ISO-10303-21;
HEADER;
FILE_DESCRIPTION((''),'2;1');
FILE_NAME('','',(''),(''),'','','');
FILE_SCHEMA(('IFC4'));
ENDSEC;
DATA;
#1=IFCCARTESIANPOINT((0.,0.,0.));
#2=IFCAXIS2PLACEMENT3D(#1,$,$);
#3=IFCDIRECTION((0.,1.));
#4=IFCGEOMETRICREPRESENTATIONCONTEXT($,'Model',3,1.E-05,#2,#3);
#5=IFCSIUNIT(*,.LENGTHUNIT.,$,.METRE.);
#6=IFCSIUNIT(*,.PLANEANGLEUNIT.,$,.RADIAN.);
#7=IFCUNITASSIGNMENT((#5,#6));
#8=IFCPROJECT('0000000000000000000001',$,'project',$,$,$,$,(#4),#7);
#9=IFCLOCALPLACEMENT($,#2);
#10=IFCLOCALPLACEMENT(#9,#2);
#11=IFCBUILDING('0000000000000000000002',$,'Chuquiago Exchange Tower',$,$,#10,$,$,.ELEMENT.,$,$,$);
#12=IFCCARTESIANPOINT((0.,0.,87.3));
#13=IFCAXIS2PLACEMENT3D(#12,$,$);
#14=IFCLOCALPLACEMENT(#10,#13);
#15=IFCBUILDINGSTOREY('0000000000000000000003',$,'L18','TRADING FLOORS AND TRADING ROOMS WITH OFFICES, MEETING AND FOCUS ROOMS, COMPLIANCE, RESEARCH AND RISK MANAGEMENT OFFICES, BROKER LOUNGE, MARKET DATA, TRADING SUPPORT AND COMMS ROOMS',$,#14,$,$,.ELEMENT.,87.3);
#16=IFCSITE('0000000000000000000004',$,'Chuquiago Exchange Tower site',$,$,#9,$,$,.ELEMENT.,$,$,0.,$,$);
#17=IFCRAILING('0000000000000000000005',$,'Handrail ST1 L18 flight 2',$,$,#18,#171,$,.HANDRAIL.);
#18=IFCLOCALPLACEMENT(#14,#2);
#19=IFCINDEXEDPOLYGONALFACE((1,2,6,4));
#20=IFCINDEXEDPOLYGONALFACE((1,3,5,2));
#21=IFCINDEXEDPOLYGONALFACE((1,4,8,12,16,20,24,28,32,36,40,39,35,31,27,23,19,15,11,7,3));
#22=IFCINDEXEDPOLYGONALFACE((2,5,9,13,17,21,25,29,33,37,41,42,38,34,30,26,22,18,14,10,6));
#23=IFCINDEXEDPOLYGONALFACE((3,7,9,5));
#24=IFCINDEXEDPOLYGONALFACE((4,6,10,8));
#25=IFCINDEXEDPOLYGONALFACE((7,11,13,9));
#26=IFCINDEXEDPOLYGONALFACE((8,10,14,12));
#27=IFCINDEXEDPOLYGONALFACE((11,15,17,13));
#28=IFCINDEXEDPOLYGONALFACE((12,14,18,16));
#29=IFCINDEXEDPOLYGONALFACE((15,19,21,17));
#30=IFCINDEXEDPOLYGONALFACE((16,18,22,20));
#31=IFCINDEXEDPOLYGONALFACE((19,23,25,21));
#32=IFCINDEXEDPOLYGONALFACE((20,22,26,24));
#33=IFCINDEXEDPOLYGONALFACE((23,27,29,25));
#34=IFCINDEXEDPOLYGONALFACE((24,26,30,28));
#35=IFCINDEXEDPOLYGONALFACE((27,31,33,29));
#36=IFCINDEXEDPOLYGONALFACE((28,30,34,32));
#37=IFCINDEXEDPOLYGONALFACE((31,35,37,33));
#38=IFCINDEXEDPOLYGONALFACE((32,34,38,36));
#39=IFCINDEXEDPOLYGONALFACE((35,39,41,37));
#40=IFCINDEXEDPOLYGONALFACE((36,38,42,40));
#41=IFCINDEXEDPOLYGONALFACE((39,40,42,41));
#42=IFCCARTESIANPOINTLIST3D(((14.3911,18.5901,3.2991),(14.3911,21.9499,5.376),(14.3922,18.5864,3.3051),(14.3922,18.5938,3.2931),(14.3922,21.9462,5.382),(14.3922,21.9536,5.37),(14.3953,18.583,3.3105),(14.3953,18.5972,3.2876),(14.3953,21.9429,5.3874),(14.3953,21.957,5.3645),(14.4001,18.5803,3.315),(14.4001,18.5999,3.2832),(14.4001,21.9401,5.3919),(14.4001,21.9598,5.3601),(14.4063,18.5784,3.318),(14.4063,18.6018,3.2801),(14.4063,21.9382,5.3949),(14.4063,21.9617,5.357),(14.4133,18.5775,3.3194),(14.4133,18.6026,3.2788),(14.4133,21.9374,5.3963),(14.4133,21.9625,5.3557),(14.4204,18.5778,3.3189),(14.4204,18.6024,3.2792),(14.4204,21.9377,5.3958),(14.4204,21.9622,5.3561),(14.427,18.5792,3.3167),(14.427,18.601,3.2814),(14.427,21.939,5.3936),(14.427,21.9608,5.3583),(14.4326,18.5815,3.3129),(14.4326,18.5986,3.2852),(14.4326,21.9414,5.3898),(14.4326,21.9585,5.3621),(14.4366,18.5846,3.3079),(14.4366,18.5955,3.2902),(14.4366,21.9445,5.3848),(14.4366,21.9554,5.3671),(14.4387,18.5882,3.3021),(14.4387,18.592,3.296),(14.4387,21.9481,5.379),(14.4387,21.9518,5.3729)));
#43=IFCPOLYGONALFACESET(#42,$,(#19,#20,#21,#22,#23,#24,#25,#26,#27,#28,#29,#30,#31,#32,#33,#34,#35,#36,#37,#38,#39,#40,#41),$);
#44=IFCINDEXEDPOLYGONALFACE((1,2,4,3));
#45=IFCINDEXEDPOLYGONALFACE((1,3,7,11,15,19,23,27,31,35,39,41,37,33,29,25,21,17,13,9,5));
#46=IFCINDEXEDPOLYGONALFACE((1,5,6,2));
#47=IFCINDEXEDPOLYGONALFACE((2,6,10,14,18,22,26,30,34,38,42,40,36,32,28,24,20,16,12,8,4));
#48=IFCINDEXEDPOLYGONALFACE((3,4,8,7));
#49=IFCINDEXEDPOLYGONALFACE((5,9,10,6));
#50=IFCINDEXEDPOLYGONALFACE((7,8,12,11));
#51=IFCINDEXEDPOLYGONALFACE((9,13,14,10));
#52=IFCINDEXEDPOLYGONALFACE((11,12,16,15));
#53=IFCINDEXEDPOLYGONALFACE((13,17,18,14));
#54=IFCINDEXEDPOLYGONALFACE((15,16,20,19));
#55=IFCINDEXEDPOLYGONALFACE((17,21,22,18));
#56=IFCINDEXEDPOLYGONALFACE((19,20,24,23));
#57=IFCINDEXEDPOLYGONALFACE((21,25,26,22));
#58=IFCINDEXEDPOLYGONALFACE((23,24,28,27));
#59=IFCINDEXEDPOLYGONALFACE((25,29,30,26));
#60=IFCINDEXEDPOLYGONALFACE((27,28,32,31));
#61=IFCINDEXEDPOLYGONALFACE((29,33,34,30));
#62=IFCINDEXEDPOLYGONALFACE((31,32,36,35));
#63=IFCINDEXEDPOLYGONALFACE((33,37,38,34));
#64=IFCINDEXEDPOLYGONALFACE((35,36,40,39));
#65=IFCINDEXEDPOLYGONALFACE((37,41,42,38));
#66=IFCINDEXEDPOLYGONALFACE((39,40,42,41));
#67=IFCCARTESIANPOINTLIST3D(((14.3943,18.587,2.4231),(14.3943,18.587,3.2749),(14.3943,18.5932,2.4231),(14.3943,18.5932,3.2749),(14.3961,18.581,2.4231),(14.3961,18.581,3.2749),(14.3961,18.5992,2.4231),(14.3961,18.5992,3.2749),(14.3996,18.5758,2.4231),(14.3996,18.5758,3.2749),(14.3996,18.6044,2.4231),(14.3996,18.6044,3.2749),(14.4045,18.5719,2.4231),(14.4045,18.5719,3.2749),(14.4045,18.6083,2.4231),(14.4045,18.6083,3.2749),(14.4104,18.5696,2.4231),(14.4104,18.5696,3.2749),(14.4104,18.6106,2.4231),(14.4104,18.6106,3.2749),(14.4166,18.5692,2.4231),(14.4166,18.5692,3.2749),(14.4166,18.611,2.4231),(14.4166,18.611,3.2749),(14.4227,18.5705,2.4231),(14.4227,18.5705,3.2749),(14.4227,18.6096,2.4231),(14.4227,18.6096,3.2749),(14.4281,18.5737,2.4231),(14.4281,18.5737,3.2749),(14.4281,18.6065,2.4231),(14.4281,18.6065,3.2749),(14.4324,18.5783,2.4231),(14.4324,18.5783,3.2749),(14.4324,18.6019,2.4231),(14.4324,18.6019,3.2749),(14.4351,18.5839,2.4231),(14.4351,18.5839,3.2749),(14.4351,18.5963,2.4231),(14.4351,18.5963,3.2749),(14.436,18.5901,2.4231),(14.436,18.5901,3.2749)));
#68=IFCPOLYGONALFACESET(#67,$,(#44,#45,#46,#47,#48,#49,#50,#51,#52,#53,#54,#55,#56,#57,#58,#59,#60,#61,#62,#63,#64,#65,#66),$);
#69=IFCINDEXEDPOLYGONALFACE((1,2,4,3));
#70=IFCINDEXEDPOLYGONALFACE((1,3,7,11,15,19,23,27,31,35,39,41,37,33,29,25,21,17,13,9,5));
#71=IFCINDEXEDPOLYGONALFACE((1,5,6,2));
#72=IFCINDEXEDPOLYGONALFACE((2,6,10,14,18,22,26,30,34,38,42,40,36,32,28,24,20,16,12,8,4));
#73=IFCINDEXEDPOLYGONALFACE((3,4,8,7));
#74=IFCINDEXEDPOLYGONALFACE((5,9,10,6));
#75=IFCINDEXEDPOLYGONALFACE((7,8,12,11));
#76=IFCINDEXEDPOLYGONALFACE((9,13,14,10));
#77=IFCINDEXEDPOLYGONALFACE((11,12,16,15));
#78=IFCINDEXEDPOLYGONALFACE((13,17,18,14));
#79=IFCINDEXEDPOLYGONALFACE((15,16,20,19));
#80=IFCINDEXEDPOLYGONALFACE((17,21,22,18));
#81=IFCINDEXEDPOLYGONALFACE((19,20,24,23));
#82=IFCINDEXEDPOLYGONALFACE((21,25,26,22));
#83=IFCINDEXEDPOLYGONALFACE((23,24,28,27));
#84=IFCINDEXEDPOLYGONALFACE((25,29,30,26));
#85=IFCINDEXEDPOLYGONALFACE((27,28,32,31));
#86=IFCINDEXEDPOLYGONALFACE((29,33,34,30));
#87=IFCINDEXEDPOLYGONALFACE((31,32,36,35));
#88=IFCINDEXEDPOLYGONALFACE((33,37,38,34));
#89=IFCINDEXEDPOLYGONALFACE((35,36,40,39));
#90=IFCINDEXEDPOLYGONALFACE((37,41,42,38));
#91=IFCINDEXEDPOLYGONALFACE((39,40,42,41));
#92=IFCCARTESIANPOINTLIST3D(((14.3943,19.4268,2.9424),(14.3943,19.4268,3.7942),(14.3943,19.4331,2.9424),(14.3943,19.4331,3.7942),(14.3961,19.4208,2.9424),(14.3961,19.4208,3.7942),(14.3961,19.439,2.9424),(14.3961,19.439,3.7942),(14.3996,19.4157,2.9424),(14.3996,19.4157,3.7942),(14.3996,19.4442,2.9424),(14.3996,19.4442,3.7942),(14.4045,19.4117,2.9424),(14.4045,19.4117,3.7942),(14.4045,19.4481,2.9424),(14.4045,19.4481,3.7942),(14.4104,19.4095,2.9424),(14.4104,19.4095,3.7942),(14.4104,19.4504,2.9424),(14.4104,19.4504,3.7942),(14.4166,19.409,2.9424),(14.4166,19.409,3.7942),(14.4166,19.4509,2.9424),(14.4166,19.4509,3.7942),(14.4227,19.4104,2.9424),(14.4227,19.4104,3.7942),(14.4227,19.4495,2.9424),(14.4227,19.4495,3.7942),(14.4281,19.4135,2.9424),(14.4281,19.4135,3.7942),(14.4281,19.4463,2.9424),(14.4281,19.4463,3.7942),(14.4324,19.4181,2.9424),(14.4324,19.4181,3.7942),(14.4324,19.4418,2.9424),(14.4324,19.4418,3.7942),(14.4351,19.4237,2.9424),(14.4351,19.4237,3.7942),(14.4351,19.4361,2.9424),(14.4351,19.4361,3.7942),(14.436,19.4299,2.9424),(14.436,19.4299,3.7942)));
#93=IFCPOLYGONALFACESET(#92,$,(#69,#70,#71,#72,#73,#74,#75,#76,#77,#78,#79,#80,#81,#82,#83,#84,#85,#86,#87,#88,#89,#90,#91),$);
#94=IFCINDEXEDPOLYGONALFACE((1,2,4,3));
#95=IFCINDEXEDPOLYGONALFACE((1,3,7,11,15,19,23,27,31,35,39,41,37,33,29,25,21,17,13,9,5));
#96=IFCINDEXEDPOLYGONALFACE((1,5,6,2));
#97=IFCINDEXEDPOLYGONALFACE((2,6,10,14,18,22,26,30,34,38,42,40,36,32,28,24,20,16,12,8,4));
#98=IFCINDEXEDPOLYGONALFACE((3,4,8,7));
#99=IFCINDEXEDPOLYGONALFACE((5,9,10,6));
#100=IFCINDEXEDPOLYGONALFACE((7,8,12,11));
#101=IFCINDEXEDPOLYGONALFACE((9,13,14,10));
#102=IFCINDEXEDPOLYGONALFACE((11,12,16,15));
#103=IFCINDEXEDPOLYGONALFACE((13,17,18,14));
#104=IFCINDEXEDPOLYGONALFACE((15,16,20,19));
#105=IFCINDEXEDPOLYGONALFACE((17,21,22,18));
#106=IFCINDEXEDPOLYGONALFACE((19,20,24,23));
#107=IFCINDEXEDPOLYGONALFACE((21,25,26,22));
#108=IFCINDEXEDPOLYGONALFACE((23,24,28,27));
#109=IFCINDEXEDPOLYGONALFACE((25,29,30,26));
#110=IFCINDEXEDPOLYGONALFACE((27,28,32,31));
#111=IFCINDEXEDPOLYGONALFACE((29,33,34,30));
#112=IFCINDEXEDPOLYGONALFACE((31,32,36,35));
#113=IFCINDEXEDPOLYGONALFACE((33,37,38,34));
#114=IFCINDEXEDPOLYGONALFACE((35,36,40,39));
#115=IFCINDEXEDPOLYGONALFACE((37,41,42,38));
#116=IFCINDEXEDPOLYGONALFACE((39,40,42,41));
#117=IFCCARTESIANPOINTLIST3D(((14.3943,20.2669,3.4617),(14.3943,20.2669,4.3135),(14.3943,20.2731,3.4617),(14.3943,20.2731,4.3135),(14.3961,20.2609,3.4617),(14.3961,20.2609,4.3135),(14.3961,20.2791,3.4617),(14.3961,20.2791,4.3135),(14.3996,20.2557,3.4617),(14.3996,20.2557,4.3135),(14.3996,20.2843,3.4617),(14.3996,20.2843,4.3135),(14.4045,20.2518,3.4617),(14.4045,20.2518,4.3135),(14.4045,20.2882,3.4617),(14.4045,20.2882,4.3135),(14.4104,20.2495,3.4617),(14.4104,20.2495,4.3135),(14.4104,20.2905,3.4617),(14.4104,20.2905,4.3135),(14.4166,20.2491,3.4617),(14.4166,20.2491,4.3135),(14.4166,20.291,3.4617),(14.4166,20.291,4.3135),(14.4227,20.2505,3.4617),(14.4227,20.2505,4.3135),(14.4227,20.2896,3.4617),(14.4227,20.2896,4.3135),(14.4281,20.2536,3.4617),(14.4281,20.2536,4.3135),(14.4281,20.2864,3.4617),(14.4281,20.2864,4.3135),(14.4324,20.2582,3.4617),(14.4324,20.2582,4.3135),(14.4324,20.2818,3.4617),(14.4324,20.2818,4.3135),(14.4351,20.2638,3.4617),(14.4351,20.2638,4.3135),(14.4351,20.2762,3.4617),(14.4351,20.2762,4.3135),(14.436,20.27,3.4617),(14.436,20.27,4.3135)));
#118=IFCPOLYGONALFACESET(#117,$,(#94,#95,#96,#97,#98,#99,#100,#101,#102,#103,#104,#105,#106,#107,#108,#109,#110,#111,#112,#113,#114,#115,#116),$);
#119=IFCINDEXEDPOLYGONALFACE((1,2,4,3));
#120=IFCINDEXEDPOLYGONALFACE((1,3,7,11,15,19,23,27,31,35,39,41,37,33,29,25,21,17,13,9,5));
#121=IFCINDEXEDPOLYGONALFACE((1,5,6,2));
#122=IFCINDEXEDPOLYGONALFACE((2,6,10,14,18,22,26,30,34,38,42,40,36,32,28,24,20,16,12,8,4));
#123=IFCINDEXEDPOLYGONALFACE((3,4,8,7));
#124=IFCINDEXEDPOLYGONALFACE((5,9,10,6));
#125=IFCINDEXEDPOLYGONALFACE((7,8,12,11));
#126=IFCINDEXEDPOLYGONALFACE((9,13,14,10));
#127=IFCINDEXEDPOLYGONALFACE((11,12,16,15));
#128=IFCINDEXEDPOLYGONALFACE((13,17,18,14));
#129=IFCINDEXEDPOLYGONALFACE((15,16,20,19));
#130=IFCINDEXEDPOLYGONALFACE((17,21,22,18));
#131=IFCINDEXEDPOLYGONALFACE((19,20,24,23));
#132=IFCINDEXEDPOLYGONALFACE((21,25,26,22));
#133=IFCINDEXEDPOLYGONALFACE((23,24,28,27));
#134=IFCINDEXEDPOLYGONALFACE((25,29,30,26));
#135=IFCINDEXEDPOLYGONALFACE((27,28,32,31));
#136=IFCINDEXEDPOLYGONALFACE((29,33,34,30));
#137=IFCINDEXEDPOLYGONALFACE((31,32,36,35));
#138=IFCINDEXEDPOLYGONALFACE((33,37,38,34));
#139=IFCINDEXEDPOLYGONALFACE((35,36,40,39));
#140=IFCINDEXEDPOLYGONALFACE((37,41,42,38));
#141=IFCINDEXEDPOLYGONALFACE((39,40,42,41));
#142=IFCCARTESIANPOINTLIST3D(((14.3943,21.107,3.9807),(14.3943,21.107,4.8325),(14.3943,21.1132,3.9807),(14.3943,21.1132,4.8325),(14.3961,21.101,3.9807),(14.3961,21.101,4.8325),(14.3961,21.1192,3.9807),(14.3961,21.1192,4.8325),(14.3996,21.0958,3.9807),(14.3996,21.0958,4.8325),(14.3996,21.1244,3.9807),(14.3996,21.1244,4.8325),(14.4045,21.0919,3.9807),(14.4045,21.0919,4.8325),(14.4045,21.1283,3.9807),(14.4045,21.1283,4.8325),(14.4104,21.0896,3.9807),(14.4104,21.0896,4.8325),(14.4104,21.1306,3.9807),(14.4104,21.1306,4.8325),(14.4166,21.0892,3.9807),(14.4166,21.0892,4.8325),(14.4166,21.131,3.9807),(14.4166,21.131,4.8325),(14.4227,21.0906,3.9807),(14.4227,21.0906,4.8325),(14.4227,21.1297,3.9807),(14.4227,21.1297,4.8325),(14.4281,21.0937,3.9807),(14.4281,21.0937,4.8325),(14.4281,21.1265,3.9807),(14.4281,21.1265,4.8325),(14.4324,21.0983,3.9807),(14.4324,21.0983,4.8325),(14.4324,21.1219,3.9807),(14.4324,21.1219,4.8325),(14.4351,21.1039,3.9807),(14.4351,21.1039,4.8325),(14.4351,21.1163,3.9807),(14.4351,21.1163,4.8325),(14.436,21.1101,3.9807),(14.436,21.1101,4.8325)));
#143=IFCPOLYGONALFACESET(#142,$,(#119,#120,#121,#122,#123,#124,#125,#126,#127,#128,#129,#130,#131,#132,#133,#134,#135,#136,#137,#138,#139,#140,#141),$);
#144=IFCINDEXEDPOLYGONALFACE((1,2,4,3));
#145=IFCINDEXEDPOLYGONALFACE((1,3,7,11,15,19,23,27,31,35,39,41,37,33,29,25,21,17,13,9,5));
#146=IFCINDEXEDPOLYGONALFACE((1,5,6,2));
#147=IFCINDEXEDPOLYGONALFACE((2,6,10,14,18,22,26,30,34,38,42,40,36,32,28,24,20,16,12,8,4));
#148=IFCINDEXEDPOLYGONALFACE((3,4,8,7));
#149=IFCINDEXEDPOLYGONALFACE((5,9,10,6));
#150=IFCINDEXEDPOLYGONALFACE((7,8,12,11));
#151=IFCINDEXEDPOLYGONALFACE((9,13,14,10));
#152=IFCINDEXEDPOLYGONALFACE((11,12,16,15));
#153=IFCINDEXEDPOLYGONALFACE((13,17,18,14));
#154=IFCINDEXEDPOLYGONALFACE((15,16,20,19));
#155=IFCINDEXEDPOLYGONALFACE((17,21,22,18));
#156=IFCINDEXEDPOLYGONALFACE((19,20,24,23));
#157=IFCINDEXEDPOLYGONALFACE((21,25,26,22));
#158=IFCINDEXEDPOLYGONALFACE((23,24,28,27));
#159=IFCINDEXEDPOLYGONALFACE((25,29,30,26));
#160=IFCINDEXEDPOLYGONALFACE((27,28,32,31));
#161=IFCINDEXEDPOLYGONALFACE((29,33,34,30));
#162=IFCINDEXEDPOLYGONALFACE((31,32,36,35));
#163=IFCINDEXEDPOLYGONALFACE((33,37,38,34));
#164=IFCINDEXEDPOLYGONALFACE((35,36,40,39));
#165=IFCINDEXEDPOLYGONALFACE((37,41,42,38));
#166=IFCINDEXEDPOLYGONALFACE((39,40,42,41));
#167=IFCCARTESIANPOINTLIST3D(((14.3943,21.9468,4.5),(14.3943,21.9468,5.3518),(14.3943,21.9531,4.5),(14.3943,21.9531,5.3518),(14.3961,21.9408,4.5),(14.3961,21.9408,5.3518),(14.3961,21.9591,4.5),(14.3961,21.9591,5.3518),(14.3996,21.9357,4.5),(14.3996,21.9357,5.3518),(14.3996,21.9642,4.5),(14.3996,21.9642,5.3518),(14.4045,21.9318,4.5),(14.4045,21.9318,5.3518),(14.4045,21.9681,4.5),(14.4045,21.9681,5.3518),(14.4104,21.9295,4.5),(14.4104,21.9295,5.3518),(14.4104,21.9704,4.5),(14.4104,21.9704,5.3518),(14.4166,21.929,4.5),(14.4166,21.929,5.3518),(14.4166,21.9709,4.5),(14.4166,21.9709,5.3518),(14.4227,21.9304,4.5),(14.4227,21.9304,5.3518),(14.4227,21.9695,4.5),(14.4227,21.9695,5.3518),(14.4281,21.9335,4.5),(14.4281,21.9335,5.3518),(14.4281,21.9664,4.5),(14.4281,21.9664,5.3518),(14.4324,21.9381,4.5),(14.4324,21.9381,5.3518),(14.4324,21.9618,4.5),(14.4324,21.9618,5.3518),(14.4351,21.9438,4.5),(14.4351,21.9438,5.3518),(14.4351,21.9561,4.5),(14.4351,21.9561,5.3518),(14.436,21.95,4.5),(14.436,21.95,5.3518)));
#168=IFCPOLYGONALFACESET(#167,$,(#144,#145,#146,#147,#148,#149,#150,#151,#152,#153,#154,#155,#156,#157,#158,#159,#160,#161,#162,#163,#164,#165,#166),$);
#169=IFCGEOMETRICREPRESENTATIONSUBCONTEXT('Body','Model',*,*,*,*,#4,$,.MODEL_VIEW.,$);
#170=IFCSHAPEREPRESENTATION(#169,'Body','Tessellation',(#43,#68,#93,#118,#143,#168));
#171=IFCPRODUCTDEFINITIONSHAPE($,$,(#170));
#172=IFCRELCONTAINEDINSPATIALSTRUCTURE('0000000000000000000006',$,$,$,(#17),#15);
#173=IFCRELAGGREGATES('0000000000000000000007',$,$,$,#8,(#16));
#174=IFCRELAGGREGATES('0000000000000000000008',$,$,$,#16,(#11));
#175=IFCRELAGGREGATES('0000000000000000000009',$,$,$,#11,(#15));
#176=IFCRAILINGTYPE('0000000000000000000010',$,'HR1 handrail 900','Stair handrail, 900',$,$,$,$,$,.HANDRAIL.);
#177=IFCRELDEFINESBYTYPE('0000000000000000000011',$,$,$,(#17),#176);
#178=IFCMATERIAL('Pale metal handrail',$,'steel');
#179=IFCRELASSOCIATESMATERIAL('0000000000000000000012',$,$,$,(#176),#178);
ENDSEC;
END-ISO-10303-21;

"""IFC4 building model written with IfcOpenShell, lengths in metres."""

from ifc_helpers import new_model, si_unit, direction, frame, origin, origin_2d, place, context, subcontext, project, spatial, circle, extrude, material, type_object, element, save


model = new_model("IFC4")

# Units and contexts
model_context = context("Model", 3, precision=1e-05, world=origin(), true_north=direction((0.0, 1.0)))
body_context = subcontext(model_context, "Body", "Model", "MODEL_VIEW")
ifc_project = project(units=[si_unit("LENGTHUNIT", "METRE"), si_unit("PLANEANGLEUNIT", "RADIAN")], contexts=[model_context])

# Site, building, storey
site_placement = place(None, origin())
site = spatial("IfcSite", under=ifc_project, at=site_placement, Name="Chuquiago Exchange Tower site", CompositionType="ELEMENT", RefElevation=0.0)
building_placement = place(site_placement, origin())
building = spatial("IfcBuilding", under=site, at=building_placement, Name="Chuquiago Exchange Tower", CompositionType="ELEMENT")
storey_placement = place(building_placement, frame((0.0, 0.0, 87.3)))
storey = spatial("IfcBuildingStorey", under=building, at=storey_placement, Name="L18", Description="TRADING FLOORS AND TRADING ROOMS WITH OFFICES, MEETING AND FOCUS ROOMS, COMPLIANCE, RESEARCH AND RISK MANAGEMENT OFFICES, BROKER LOUNGE, MARKET DATA, TRADING SUPPORT AND COMMS ROOMS", CompositionType="ELEMENT", Elevation=87.3)

# Railing
ifc_material_1 = material(Name="Pale metal handrail", Category="steel")
railing_type_1 = type_object("IfcRailingType", Name="HR1 handrail 900", Description="Stair handrail, 900", PredefinedType="HANDRAIL", material=ifc_material_1)
for number, where, name in (
    (1, (14.415, 18.5901, 2.4231), "Handrail ST1 L18 flight 2"),
):
    element("IfcRailing", number, at=place(storey_placement, frame(where)), inside=storey, type_object=railing_type_1, Name=name, PredefinedType="HANDRAIL", context=body_context, shape_type="SweptSolid", body=[
        extrude(circle(Radius=0.0239, at=origin_2d()), frame((0.0, 0.0, 0.876), z_axis=(0.0, 0.850606, 0.525803), x_axis=(-1.0, 0.0, 0.0)), (0.0, 0.0, 1.0), 3.95),
        extrude(circle(Radius=0.021, at=origin_2d()), origin(), (0.0, 0.0, 1.0), 0.8518),
        extrude(circle(Radius=0.021, at=origin_2d()), frame((0.0, 0.8398, 0.5193)), (0.0, 0.0, 1.0), 0.8518),
        extrude(circle(Radius=0.021, at=origin_2d()), frame((0.0, 1.6799, 1.0386)), (0.0, 0.0, 1.0), 0.8518),
        extrude(circle(Radius=0.021, at=origin_2d()), frame((0.0, 2.52, 1.5576)), (0.0, 0.0, 1.0), 0.8518),
        extrude(circle(Radius=0.021, at=origin_2d()), frame((0.0, 3.3599, 2.0769)), (0.0, 0.0, 1.0), 0.8518),
    ])

save(model, "model.ifc")
